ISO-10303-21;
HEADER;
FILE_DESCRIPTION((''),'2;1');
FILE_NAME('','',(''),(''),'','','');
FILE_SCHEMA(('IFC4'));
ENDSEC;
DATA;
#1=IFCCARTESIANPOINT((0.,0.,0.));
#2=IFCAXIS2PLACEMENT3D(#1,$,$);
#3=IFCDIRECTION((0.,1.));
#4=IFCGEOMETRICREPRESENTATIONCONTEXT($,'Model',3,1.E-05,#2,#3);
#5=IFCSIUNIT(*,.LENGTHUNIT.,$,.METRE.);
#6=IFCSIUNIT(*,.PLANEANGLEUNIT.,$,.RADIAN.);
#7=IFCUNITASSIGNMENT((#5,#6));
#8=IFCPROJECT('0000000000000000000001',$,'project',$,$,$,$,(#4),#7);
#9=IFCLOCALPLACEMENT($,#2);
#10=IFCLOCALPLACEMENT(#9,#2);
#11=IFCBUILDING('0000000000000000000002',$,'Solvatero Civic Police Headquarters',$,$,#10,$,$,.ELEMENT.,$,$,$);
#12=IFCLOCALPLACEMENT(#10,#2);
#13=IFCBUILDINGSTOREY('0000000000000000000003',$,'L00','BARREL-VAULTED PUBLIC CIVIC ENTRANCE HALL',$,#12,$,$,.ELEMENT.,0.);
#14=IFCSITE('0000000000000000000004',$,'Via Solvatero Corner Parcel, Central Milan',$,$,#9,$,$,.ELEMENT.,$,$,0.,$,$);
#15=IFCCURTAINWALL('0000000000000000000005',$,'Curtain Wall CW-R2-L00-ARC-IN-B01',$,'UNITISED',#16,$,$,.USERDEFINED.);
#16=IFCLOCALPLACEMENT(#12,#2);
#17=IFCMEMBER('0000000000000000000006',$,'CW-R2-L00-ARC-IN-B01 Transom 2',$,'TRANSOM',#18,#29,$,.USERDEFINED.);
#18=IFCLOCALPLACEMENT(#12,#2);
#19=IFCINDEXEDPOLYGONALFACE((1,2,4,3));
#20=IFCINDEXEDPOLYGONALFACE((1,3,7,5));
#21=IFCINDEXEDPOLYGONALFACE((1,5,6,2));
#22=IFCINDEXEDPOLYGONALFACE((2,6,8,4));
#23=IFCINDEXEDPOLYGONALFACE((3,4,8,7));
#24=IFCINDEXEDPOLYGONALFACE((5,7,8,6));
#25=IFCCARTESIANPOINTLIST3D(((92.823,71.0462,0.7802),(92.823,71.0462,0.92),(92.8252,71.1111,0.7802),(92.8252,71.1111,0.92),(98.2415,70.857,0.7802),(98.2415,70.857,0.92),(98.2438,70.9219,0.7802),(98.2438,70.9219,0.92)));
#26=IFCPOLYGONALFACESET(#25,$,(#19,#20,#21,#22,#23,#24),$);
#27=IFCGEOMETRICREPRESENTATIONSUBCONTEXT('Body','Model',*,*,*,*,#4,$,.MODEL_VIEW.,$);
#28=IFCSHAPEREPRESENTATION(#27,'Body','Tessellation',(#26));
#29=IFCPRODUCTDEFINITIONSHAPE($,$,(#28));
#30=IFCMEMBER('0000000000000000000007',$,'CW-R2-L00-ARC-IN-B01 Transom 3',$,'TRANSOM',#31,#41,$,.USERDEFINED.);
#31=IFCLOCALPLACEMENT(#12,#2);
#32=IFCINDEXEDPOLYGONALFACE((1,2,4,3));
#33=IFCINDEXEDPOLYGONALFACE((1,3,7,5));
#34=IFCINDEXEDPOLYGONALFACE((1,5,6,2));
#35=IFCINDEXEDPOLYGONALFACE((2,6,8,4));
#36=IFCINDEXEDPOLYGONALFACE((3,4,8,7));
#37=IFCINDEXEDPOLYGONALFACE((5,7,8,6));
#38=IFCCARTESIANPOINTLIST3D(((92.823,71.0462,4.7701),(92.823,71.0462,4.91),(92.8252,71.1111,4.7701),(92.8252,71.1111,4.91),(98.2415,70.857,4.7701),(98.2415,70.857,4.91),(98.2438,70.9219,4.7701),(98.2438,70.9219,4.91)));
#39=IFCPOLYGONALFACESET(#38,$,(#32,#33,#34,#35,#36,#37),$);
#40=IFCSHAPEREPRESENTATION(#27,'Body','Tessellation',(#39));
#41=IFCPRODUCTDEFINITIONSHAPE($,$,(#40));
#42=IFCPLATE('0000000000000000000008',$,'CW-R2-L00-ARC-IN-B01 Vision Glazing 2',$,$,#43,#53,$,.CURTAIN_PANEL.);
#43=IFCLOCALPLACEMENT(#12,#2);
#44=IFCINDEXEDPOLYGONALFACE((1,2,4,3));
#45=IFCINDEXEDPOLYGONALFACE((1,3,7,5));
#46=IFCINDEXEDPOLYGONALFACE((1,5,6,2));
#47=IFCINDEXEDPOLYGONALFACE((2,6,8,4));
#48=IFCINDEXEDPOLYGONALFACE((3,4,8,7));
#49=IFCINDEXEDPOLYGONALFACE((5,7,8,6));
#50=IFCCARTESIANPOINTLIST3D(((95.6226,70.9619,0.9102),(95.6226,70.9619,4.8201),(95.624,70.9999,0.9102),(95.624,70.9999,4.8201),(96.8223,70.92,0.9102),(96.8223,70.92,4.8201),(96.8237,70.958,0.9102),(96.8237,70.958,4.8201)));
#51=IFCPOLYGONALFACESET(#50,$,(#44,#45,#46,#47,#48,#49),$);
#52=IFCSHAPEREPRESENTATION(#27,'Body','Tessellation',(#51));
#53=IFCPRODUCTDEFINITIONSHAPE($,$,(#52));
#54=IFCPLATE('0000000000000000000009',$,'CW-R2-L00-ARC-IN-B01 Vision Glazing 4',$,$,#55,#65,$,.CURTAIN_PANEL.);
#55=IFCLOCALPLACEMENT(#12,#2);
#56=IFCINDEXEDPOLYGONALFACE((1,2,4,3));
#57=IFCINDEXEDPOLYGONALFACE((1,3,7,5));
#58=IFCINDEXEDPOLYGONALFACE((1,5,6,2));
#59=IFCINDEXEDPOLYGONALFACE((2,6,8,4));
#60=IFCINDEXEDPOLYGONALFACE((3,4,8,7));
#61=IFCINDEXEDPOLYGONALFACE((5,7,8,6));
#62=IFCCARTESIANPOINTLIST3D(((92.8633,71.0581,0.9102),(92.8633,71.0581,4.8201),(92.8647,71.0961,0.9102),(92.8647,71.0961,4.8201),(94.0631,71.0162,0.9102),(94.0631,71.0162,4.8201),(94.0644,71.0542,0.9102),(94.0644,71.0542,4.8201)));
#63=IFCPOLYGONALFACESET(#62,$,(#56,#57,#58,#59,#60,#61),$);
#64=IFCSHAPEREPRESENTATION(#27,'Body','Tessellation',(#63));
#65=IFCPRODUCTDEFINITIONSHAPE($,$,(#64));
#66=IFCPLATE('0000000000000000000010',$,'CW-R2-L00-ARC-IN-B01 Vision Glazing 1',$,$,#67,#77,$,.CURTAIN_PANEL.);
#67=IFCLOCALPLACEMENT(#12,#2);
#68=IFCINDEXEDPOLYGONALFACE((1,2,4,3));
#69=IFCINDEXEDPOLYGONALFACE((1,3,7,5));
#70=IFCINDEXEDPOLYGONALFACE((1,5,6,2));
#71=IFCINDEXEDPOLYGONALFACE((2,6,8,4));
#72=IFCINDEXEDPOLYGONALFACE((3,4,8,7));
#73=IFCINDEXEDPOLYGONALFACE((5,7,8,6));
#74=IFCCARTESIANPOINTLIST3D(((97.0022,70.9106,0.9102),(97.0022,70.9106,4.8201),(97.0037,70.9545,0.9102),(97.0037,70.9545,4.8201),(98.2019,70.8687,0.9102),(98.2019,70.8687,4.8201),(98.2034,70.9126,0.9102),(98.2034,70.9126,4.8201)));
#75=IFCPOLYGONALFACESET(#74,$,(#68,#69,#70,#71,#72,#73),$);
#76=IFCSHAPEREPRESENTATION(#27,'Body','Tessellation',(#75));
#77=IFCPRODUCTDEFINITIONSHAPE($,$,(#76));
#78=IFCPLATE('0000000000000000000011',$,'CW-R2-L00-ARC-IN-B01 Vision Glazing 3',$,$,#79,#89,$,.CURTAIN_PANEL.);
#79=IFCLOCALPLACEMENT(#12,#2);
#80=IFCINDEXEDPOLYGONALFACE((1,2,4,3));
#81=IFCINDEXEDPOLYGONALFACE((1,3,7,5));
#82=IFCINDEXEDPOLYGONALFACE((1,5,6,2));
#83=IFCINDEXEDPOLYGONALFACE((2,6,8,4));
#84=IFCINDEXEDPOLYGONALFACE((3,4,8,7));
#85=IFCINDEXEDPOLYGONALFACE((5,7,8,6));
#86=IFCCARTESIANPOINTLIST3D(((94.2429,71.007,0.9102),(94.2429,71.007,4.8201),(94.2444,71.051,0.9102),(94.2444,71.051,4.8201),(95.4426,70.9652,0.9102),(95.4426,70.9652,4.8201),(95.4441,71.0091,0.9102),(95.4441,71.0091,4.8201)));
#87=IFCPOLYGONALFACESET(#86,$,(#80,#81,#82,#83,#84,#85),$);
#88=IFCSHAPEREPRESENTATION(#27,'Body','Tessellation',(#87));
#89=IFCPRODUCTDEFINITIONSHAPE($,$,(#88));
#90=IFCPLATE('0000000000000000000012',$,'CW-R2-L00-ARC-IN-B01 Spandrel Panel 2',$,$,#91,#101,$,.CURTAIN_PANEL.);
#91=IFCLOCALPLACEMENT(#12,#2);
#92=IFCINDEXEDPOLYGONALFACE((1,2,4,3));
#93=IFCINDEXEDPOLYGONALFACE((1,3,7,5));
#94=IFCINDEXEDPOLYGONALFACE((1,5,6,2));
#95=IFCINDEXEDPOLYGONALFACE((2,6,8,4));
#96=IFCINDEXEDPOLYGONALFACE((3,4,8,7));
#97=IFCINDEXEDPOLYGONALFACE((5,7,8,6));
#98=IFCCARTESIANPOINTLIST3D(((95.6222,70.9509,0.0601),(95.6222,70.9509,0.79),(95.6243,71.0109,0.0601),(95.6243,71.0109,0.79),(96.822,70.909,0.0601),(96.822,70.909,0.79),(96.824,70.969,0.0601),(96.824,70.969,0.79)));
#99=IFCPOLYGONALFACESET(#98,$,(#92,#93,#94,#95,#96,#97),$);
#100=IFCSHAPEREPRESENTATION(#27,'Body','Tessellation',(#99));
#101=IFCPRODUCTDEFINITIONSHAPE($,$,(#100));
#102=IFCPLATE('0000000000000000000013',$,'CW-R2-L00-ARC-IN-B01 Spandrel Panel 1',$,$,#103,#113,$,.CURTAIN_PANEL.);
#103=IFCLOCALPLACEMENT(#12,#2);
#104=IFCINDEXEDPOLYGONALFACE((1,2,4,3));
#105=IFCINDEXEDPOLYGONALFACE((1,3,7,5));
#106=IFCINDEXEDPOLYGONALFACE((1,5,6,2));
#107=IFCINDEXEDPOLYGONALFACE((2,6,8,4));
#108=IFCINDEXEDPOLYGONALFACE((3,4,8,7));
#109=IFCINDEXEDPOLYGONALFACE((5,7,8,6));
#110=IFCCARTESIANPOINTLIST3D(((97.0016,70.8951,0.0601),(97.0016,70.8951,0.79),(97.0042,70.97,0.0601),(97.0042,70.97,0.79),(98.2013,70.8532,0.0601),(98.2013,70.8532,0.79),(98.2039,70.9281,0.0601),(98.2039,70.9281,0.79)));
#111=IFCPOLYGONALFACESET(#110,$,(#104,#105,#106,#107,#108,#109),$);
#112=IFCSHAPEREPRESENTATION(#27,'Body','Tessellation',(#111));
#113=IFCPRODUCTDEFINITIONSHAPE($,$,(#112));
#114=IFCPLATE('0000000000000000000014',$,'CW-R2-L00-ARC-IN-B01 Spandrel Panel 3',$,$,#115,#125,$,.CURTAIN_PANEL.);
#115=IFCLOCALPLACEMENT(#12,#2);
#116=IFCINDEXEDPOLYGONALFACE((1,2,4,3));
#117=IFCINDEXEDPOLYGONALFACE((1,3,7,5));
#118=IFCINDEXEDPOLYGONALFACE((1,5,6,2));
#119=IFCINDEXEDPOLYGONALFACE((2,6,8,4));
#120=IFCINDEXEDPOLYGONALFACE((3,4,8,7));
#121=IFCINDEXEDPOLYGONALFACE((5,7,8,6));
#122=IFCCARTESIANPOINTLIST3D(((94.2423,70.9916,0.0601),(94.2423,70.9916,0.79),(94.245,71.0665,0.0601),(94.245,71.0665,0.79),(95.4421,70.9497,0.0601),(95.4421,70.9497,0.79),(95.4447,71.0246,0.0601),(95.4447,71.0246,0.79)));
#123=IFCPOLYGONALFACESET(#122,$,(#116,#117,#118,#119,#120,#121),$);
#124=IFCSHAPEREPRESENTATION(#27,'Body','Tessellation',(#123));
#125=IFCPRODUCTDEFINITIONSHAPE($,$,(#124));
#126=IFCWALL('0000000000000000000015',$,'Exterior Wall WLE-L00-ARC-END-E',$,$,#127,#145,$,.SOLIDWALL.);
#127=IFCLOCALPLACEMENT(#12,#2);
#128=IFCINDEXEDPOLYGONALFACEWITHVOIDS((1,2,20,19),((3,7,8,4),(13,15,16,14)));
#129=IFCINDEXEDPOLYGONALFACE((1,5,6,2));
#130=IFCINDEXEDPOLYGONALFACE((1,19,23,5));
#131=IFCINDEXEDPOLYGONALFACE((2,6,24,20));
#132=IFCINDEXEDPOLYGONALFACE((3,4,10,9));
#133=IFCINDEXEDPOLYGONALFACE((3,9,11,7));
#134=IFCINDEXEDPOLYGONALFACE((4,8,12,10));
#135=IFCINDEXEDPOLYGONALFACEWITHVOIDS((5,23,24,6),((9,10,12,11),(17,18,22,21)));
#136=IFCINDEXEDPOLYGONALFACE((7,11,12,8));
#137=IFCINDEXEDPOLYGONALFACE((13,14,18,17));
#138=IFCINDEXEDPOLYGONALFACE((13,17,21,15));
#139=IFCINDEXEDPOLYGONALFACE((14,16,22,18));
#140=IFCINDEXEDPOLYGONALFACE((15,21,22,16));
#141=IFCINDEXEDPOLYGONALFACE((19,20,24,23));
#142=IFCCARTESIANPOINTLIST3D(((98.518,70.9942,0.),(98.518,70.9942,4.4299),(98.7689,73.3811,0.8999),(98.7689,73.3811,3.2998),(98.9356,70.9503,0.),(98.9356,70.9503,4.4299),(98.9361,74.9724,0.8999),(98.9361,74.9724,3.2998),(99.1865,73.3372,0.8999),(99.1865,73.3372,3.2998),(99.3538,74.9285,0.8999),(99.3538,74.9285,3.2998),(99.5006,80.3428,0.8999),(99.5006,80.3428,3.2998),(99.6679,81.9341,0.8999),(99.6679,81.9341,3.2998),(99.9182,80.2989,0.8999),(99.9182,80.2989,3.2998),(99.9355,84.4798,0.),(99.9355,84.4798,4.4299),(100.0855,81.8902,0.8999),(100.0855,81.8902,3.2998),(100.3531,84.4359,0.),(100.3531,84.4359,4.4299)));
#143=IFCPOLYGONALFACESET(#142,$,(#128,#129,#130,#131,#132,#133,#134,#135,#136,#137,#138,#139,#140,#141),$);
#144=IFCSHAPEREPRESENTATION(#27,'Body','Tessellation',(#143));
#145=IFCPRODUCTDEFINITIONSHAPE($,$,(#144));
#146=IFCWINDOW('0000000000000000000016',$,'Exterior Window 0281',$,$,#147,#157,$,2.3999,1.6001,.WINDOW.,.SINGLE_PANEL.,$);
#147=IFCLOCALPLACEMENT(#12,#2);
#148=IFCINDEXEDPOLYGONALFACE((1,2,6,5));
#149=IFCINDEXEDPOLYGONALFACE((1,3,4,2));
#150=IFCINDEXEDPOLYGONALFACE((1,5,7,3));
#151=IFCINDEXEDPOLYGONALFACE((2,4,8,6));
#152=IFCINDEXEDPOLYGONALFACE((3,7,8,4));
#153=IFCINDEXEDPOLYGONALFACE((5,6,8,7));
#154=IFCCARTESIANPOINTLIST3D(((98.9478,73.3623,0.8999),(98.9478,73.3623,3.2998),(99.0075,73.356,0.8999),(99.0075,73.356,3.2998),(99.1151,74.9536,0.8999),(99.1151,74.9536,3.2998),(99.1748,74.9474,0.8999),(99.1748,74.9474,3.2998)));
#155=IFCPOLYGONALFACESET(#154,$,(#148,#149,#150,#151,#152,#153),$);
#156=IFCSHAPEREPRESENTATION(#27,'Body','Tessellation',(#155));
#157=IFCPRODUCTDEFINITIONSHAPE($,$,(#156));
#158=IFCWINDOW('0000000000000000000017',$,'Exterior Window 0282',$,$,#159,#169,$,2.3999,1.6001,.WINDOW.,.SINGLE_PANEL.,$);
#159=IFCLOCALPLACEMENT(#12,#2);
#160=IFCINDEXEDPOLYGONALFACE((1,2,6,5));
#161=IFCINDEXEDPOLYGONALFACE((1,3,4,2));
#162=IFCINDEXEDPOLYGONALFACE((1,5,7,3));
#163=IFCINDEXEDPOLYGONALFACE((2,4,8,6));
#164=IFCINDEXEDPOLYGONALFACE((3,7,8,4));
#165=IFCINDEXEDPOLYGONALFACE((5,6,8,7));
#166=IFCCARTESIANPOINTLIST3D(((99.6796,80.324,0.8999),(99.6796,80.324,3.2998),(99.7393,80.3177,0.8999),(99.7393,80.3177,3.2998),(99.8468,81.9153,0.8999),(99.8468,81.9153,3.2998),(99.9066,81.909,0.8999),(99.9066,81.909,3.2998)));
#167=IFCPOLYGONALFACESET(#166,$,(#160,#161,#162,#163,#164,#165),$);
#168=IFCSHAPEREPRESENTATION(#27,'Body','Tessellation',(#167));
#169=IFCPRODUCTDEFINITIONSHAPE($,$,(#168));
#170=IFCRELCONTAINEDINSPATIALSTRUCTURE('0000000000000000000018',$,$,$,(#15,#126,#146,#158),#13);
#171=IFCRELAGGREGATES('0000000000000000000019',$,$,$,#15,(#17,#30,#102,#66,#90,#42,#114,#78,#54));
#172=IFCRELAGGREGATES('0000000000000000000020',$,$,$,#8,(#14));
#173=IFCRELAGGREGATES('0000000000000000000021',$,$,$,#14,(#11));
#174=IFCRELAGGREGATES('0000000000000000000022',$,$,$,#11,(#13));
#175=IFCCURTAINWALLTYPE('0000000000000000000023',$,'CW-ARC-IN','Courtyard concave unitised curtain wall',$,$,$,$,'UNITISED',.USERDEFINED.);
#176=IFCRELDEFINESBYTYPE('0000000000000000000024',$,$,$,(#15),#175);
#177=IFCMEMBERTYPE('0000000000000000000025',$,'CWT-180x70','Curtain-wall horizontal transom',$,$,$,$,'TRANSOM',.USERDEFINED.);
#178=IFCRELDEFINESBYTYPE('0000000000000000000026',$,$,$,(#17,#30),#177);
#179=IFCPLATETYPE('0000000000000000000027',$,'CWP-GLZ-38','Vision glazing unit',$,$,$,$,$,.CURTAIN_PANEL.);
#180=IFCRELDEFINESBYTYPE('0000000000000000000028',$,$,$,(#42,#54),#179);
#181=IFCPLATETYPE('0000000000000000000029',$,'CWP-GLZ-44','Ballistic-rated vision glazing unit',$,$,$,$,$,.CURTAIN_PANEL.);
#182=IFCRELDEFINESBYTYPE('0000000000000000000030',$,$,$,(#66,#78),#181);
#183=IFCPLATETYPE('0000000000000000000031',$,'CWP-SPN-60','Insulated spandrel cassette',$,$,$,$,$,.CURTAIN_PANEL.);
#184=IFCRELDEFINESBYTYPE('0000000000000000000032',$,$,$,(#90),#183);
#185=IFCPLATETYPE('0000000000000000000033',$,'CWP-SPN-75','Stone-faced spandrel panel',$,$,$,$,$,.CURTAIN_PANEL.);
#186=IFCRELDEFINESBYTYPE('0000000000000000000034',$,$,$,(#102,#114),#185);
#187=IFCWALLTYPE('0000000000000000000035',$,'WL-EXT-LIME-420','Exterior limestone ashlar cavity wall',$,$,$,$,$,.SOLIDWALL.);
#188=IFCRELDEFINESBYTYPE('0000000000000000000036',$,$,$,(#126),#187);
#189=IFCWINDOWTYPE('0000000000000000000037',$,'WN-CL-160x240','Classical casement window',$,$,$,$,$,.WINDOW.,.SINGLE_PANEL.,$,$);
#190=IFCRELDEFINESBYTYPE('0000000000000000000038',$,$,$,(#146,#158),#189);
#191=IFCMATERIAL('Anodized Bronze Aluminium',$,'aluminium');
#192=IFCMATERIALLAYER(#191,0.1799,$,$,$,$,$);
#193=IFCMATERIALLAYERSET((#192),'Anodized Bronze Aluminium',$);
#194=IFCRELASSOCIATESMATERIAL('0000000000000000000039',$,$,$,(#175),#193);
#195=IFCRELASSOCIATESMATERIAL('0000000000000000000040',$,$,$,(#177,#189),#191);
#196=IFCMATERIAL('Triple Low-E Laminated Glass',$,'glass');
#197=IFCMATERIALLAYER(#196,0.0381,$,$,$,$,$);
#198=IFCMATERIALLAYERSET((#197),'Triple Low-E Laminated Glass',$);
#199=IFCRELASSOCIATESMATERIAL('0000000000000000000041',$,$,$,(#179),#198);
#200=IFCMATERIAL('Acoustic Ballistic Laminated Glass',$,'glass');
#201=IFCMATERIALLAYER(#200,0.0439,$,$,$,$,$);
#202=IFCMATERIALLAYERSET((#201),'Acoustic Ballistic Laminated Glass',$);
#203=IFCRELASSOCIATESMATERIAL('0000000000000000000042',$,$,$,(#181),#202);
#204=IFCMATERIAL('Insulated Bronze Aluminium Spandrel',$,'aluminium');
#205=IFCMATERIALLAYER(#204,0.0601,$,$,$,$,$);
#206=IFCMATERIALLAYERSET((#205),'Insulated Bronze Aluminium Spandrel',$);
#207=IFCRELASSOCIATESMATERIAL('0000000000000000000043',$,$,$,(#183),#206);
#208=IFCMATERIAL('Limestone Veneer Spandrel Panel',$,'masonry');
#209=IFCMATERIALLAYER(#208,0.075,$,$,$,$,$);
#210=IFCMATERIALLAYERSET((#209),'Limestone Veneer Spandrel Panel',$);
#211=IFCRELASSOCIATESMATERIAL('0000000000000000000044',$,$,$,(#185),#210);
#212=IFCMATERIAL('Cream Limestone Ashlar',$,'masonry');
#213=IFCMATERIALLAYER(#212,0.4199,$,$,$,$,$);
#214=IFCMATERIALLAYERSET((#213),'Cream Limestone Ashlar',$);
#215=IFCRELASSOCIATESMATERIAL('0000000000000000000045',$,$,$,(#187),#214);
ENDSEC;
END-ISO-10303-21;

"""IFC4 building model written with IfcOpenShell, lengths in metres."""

from ifc_helpers import new_model, si_unit, direction, frame, frame_2d, origin, origin_2d, place, context, subcontext, project, spatial, rectangle, extrude, material, layer, layer_set, material_profile, profile_set, type_object, element, fill, aggregate, save


model = new_model("IFC4")

# Units and contexts
model_context = context("Model", 3, precision=1e-05, world=origin(), true_north=direction((0.0, 1.0)))
body_context = subcontext(model_context, "Body", "Model", "MODEL_VIEW")
ifc_project = project(units=[si_unit("LENGTHUNIT", "METRE"), si_unit("PLANEANGLEUNIT", "RADIAN")], contexts=[model_context])

# Site, building, storey
site_placement = place(None, origin())
site = spatial("IfcSite", under=ifc_project, at=site_placement, Name="Via Solvatero Corner Parcel, Central Milan", CompositionType="ELEMENT", RefElevation=0.0)
building_placement = place(site_placement, origin())
building = spatial("IfcBuilding", under=site, at=building_placement, Name="Solvatero Civic Police Headquarters", CompositionType="ELEMENT")
storey_placement = place(building_placement, origin())
storey = spatial("IfcBuildingStorey", under=building, at=storey_placement, Name="L00", Description="BARREL-VAULTED PUBLIC CIVIC ENTRANCE HALL", CompositionType="ELEMENT", Elevation=0.0)

# Curtain wall, members, plates
ifc_material_1 = material(Name="Anodized Bronze Aluminium", Category="aluminium")
ifc_layer_1 = layer(ifc_material_1, 0.1799)
ifc_layer_set_1 = layer_set([ifc_layer_1], Name="Anodized Bronze Aluminium")
curtain_wall_type = type_object("IfcCurtainWallType", Name="CW-ARC-IN", Description="Courtyard concave unitised curtain wall", ElementType="UNITISED", PredefinedType="USERDEFINED", material=ifc_layer_set_1)
curtain_wall_placement = place(storey_placement, origin())
curtain_wall = element("IfcCurtainWall", 1, at=curtain_wall_placement, inside=storey, type_object=curtain_wall_type, Name="Curtain Wall CW-R2-L00-ARC-IN-B01", ObjectType="UNITISED", PredefinedType="USERDEFINED")
ifc_material_profile_1 = material_profile(ifc_material_1, rectangle(XDim=0.0649, YDim=0.1399, at=origin_2d()), Name="ALU TRANSOM 65x140")
ifc_profile_set_1 = profile_set([ifc_material_profile_1], Name="Anodized Bronze Aluminium")
member_type_1 = type_object("IfcMemberType", Name="CWT-180x70", Description="Curtain-wall horizontal transom", ElementType="TRANSOM", PredefinedType="USERDEFINED", material=ifc_profile_set_1)
member_1_placement = place(storey_placement, frame((98.2427, 70.8894, 0.8501), z_axis=(-0.999391, 0.034898, 0.0), x_axis=(-0.034898, -0.999391, 0.0)))
member_1 = element("IfcMember", 2, at=member_1_placement, type_object=member_type_1, Name="CW-R2-L00-ARC-IN-B01 Transom 2", ObjectType="TRANSOM", PredefinedType="USERDEFINED", context=body_context, shape_type="SweptSolid", body=[
    extrude(rectangle(XDim=0.0649, YDim=0.1399, at=origin_2d()), origin(), (0.0, 0.0, 1.0), 5.4219),
])
member_2_placement = place(storey_placement, frame((98.2427, 70.8894, 4.8401), z_axis=(-0.999391, 0.034898, 0.0), x_axis=(-0.034898, -0.999391, 0.0)))
member_2 = element("IfcMember", 3, at=member_2_placement, type_object=member_type_1, Name="CW-R2-L00-ARC-IN-B01 Transom 3", ObjectType="TRANSOM", PredefinedType="USERDEFINED", context=body_context, shape_type="SweptSolid", body=[
    extrude(rectangle(XDim=0.0649, YDim=0.1399, at=origin_2d()), origin(), (0.0, 0.0, 1.0), 5.4219),
])
ifc_material_2 = material(Name="Triple Low-E Laminated Glass", Category="glass")
ifc_layer_2 = layer(ifc_material_2, 0.0381)
ifc_layer_set_2 = layer_set([ifc_layer_2], Name="Triple Low-E Laminated Glass")
plate_type_1 = type_object("IfcPlateType", Name="CWP-GLZ-38", Description="Vision glazing unit", PredefinedType="CURTAIN_PANEL", material=ifc_layer_set_2)
plate_1_placement = place(storey_placement, frame((96.2231, 70.96, 0.9102), z_axis=(0.0, 0.0, 1.0), x_axis=(-0.999391, 0.034899, 0.0)))
plate_1 = element("IfcPlate", 4, at=plate_1_placement, type_object=plate_type_1, Name="CW-R2-L00-ARC-IN-B01 Vision Glazing 2", PredefinedType="CURTAIN_PANEL", context=body_context, shape_type="SweptSolid", body=[
    extrude(rectangle(XDim=1.2004, YDim=0.0381, at=origin_2d()), origin(), (0.0, 0.0, 1.0), 3.9099),
])
plate_2_placement = place(storey_placement, frame((93.4639, 71.0562, 0.9102), z_axis=(0.0, 0.0, 1.0), x_axis=(-0.999391, 0.034899, 0.0)))
plate_2 = element("IfcPlate", 5, at=plate_2_placement, type_object=plate_type_1, Name="CW-R2-L00-ARC-IN-B01 Vision Glazing 4", PredefinedType="CURTAIN_PANEL", context=body_context, shape_type="SweptSolid", body=[
    extrude(rectangle(XDim=1.2004, YDim=0.0381, at=origin_2d()), origin(), (0.0, 0.0, 1.0), 3.9099),
])
ifc_material_3 = material(Name="Acoustic Ballistic Laminated Glass", Category="glass")
ifc_layer_3 = layer(ifc_material_3, 0.0439)
ifc_layer_set_3 = layer_set([ifc_layer_3], Name="Acoustic Ballistic Laminated Glass")
plate_type_2 = type_object("IfcPlateType", Name="CWP-GLZ-44", Description="Ballistic-rated vision glazing unit", PredefinedType="CURTAIN_PANEL", material=ifc_layer_set_3)
plate_3_placement = place(storey_placement, frame((97.6028, 70.9116, 0.9102), z_axis=(0.0, 0.0, 1.0), x_axis=(-0.999391, 0.034899, 0.0)))
plate_3 = element("IfcPlate", 6, at=plate_3_placement, type_object=plate_type_2, Name="CW-R2-L00-ARC-IN-B01 Vision Glazing 1", PredefinedType="CURTAIN_PANEL", context=body_context, shape_type="SweptSolid", body=[
    extrude(rectangle(XDim=1.2004, YDim=0.0439, at=origin_2d()), origin(), (0.0, 0.0, 1.0), 3.9099),
])
plate_4_placement = place(storey_placement, frame((94.8435, 71.0081, 0.9102), z_axis=(0.0, 0.0, 1.0), x_axis=(-0.999391, 0.034899, 0.0)))
plate_4 = element("IfcPlate", 7, at=plate_4_placement, type_object=plate_type_2, Name="CW-R2-L00-ARC-IN-B01 Vision Glazing 3", PredefinedType="CURTAIN_PANEL", context=body_context, shape_type="SweptSolid", body=[
    extrude(rectangle(XDim=1.2004, YDim=0.0439, at=origin_2d()), origin(), (0.0, 0.0, 1.0), 3.9099),
])
ifc_material_4 = material(Name="Insulated Bronze Aluminium Spandrel", Category="aluminium")
ifc_layer_4 = layer(ifc_material_4, 0.0601)
ifc_layer_set_4 = layer_set([ifc_layer_4], Name="Insulated Bronze Aluminium Spandrel")
plate_type_3 = type_object("IfcPlateType", Name="CWP-SPN-60", Description="Insulated spandrel cassette", PredefinedType="CURTAIN_PANEL", material=ifc_layer_set_4)
plate_5_placement = place(storey_placement, frame((96.2231, 70.96, 0.0601), z_axis=(0.0, 0.0, 1.0), x_axis=(-0.999391, 0.034899, 0.0)))
plate_5 = element("IfcPlate", 8, at=plate_5_placement, type_object=plate_type_3, Name="CW-R2-L00-ARC-IN-B01 Spandrel Panel 2", PredefinedType="CURTAIN_PANEL", context=body_context, shape_type="SweptSolid", body=[
    extrude(rectangle(XDim=1.2004, YDim=0.0601, at=origin_2d()), origin(), (0.0, 0.0, 1.0), 0.73),
])
ifc_material_5 = material(Name="Limestone Veneer Spandrel Panel", Category="masonry")
ifc_layer_5 = layer(ifc_material_5, 0.075)
ifc_layer_set_5 = layer_set([ifc_layer_5], Name="Limestone Veneer Spandrel Panel")
plate_type_4 = type_object("IfcPlateType", Name="CWP-SPN-75", Description="Stone-faced spandrel panel", PredefinedType="CURTAIN_PANEL", material=ifc_layer_set_5)
plate_6_placement = place(storey_placement, frame((97.6028, 70.9116, 0.0601), z_axis=(0.0, 0.0, 1.0), x_axis=(-0.999391, 0.034899, 0.0)))
plate_6 = element("IfcPlate", 9, at=plate_6_placement, type_object=plate_type_4, Name="CW-R2-L00-ARC-IN-B01 Spandrel Panel 1", PredefinedType="CURTAIN_PANEL", context=body_context, shape_type="SweptSolid", body=[
    extrude(rectangle(XDim=1.2004, YDim=0.075, at=origin_2d()), origin(), (0.0, 0.0, 1.0), 0.73),
])
plate_7_placement = place(storey_placement, frame((94.8435, 71.0081, 0.0601), z_axis=(0.0, 0.0, 1.0), x_axis=(-0.999391, 0.034899, 0.0)))
plate_7 = element("IfcPlate", 10, at=plate_7_placement, type_object=plate_type_4, Name="CW-R2-L00-ARC-IN-B01 Spandrel Panel 3", PredefinedType="CURTAIN_PANEL", context=body_context, shape_type="SweptSolid", body=[
    extrude(rectangle(XDim=1.2004, YDim=0.075, at=origin_2d()), origin(), (0.0, 0.0, 1.0), 0.73),
])
aggregate(curtain_wall, [member_1, member_2, plate_6, plate_3, plate_5, plate_1, plate_7, plate_4, plate_2])

# Wall, openings, windows
ifc_material_6 = material(Name="Cream Limestone Ashlar", Category="masonry")
ifc_layer_6 = layer(ifc_material_6, 0.4199)
ifc_layer_set_6 = layer_set([ifc_layer_6], Name="Cream Limestone Ashlar")
wall_type = type_object("IfcWallType", Name="WL-EXT-LIME-420", Description="Exterior limestone ashlar cavity wall", PredefinedType="SOLIDWALL", material=ifc_layer_set_6)
wall_placement = place(storey_placement, frame((98.7268, 70.9724, 0.0), z_axis=(0.0, 0.0, 1.0), x_axis=(0.104535, 0.994521, 0.0)))
wall = element("IfcWall", 11, at=wall_placement, inside=storey, type_object=wall_type, Name="Exterior Wall WLE-L00-ARC-END-E", PredefinedType="SOLIDWALL", context=body_context, shape_type="SweptSolid", body=[
    extrude(rectangle(XDim=13.5598, YDim=0.4199, at=frame_2d((6.7798, 0.0))), origin(), (0.0, 0.0, 1.0), 4.4299),
])
opening_1_placement = place(wall_placement, frame((2.3999, 0.0, 0.8999)))
opening_1 = element("IfcOpeningElement", 12, at=opening_1_placement, cuts=wall, PredefinedType="OPENING", context=body_context, shape_type="SweptSolid", body=[
    extrude(rectangle(XDim=1.6001, YDim=2.3999, at=frame_2d((0.8, 1.2))), frame((0.0, 0.22, 0.0), z_axis=(0.0, -1.0, 0.0), x_axis=(1.0, 0.0, 0.0)), (0.0, 0.0, 1.0), 0.4399),
])
opening_2_placement = place(wall_placement, frame((9.3999, 0.0, 0.8999)))
opening_2 = element("IfcOpeningElement", 13, at=opening_2_placement, cuts=wall, PredefinedType="OPENING", context=body_context, shape_type="SweptSolid", body=[
    extrude(rectangle(XDim=1.6001, YDim=2.3999, at=frame_2d((0.8, 1.2))), frame((0.0, 0.22, 0.0), z_axis=(0.0, -1.0, 0.0), x_axis=(1.0, 0.0, 0.0)), (0.0, 0.0, 1.0), 0.4399),
])
window_type = type_object("IfcWindowType", Name="WN-CL-160x240", Description="Classical casement window", PartitioningType="SINGLE_PANEL", PredefinedType="WINDOW", material=ifc_material_1)
window_1_placement = place(opening_1_placement, origin())
window_1 = element("IfcWindow", 14, at=window_1_placement, inside=storey, type_object=window_type, Name="Exterior Window 0281", OverallHeight=2.3999, OverallWidth=1.6001, PartitioningType="SINGLE_PANEL", PredefinedType="WINDOW", context=body_context, shape_type="SweptSolid", body=[
    extrude(rectangle(XDim=1.6001, YDim=2.3999, at=frame_2d((0.8, 1.2))), frame((0.0, 0.03, 0.0), z_axis=(0.0, -1.0, 0.0), x_axis=(1.0, 0.0, 0.0)), (0.0, 0.0, 1.0), 0.0601),
])
fill(opening_1, window_1)
window_2_placement = place(opening_2_placement, origin())
window_2 = element("IfcWindow", 15, at=window_2_placement, inside=storey, type_object=window_type, Name="Exterior Window 0282", OverallHeight=2.3999, OverallWidth=1.6001, PartitioningType="SINGLE_PANEL", PredefinedType="WINDOW", context=body_context, shape_type="SweptSolid", body=[
    extrude(rectangle(XDim=1.6001, YDim=2.3999, at=frame_2d((0.8, 1.2))), frame((0.0, 0.03, 0.0), z_axis=(0.0, -1.0, 0.0), x_axis=(1.0, 0.0, 0.0)), (0.0, 0.0, 1.0), 0.0601),
])
fill(opening_2, window_2)

save(model, "model.ifc")
